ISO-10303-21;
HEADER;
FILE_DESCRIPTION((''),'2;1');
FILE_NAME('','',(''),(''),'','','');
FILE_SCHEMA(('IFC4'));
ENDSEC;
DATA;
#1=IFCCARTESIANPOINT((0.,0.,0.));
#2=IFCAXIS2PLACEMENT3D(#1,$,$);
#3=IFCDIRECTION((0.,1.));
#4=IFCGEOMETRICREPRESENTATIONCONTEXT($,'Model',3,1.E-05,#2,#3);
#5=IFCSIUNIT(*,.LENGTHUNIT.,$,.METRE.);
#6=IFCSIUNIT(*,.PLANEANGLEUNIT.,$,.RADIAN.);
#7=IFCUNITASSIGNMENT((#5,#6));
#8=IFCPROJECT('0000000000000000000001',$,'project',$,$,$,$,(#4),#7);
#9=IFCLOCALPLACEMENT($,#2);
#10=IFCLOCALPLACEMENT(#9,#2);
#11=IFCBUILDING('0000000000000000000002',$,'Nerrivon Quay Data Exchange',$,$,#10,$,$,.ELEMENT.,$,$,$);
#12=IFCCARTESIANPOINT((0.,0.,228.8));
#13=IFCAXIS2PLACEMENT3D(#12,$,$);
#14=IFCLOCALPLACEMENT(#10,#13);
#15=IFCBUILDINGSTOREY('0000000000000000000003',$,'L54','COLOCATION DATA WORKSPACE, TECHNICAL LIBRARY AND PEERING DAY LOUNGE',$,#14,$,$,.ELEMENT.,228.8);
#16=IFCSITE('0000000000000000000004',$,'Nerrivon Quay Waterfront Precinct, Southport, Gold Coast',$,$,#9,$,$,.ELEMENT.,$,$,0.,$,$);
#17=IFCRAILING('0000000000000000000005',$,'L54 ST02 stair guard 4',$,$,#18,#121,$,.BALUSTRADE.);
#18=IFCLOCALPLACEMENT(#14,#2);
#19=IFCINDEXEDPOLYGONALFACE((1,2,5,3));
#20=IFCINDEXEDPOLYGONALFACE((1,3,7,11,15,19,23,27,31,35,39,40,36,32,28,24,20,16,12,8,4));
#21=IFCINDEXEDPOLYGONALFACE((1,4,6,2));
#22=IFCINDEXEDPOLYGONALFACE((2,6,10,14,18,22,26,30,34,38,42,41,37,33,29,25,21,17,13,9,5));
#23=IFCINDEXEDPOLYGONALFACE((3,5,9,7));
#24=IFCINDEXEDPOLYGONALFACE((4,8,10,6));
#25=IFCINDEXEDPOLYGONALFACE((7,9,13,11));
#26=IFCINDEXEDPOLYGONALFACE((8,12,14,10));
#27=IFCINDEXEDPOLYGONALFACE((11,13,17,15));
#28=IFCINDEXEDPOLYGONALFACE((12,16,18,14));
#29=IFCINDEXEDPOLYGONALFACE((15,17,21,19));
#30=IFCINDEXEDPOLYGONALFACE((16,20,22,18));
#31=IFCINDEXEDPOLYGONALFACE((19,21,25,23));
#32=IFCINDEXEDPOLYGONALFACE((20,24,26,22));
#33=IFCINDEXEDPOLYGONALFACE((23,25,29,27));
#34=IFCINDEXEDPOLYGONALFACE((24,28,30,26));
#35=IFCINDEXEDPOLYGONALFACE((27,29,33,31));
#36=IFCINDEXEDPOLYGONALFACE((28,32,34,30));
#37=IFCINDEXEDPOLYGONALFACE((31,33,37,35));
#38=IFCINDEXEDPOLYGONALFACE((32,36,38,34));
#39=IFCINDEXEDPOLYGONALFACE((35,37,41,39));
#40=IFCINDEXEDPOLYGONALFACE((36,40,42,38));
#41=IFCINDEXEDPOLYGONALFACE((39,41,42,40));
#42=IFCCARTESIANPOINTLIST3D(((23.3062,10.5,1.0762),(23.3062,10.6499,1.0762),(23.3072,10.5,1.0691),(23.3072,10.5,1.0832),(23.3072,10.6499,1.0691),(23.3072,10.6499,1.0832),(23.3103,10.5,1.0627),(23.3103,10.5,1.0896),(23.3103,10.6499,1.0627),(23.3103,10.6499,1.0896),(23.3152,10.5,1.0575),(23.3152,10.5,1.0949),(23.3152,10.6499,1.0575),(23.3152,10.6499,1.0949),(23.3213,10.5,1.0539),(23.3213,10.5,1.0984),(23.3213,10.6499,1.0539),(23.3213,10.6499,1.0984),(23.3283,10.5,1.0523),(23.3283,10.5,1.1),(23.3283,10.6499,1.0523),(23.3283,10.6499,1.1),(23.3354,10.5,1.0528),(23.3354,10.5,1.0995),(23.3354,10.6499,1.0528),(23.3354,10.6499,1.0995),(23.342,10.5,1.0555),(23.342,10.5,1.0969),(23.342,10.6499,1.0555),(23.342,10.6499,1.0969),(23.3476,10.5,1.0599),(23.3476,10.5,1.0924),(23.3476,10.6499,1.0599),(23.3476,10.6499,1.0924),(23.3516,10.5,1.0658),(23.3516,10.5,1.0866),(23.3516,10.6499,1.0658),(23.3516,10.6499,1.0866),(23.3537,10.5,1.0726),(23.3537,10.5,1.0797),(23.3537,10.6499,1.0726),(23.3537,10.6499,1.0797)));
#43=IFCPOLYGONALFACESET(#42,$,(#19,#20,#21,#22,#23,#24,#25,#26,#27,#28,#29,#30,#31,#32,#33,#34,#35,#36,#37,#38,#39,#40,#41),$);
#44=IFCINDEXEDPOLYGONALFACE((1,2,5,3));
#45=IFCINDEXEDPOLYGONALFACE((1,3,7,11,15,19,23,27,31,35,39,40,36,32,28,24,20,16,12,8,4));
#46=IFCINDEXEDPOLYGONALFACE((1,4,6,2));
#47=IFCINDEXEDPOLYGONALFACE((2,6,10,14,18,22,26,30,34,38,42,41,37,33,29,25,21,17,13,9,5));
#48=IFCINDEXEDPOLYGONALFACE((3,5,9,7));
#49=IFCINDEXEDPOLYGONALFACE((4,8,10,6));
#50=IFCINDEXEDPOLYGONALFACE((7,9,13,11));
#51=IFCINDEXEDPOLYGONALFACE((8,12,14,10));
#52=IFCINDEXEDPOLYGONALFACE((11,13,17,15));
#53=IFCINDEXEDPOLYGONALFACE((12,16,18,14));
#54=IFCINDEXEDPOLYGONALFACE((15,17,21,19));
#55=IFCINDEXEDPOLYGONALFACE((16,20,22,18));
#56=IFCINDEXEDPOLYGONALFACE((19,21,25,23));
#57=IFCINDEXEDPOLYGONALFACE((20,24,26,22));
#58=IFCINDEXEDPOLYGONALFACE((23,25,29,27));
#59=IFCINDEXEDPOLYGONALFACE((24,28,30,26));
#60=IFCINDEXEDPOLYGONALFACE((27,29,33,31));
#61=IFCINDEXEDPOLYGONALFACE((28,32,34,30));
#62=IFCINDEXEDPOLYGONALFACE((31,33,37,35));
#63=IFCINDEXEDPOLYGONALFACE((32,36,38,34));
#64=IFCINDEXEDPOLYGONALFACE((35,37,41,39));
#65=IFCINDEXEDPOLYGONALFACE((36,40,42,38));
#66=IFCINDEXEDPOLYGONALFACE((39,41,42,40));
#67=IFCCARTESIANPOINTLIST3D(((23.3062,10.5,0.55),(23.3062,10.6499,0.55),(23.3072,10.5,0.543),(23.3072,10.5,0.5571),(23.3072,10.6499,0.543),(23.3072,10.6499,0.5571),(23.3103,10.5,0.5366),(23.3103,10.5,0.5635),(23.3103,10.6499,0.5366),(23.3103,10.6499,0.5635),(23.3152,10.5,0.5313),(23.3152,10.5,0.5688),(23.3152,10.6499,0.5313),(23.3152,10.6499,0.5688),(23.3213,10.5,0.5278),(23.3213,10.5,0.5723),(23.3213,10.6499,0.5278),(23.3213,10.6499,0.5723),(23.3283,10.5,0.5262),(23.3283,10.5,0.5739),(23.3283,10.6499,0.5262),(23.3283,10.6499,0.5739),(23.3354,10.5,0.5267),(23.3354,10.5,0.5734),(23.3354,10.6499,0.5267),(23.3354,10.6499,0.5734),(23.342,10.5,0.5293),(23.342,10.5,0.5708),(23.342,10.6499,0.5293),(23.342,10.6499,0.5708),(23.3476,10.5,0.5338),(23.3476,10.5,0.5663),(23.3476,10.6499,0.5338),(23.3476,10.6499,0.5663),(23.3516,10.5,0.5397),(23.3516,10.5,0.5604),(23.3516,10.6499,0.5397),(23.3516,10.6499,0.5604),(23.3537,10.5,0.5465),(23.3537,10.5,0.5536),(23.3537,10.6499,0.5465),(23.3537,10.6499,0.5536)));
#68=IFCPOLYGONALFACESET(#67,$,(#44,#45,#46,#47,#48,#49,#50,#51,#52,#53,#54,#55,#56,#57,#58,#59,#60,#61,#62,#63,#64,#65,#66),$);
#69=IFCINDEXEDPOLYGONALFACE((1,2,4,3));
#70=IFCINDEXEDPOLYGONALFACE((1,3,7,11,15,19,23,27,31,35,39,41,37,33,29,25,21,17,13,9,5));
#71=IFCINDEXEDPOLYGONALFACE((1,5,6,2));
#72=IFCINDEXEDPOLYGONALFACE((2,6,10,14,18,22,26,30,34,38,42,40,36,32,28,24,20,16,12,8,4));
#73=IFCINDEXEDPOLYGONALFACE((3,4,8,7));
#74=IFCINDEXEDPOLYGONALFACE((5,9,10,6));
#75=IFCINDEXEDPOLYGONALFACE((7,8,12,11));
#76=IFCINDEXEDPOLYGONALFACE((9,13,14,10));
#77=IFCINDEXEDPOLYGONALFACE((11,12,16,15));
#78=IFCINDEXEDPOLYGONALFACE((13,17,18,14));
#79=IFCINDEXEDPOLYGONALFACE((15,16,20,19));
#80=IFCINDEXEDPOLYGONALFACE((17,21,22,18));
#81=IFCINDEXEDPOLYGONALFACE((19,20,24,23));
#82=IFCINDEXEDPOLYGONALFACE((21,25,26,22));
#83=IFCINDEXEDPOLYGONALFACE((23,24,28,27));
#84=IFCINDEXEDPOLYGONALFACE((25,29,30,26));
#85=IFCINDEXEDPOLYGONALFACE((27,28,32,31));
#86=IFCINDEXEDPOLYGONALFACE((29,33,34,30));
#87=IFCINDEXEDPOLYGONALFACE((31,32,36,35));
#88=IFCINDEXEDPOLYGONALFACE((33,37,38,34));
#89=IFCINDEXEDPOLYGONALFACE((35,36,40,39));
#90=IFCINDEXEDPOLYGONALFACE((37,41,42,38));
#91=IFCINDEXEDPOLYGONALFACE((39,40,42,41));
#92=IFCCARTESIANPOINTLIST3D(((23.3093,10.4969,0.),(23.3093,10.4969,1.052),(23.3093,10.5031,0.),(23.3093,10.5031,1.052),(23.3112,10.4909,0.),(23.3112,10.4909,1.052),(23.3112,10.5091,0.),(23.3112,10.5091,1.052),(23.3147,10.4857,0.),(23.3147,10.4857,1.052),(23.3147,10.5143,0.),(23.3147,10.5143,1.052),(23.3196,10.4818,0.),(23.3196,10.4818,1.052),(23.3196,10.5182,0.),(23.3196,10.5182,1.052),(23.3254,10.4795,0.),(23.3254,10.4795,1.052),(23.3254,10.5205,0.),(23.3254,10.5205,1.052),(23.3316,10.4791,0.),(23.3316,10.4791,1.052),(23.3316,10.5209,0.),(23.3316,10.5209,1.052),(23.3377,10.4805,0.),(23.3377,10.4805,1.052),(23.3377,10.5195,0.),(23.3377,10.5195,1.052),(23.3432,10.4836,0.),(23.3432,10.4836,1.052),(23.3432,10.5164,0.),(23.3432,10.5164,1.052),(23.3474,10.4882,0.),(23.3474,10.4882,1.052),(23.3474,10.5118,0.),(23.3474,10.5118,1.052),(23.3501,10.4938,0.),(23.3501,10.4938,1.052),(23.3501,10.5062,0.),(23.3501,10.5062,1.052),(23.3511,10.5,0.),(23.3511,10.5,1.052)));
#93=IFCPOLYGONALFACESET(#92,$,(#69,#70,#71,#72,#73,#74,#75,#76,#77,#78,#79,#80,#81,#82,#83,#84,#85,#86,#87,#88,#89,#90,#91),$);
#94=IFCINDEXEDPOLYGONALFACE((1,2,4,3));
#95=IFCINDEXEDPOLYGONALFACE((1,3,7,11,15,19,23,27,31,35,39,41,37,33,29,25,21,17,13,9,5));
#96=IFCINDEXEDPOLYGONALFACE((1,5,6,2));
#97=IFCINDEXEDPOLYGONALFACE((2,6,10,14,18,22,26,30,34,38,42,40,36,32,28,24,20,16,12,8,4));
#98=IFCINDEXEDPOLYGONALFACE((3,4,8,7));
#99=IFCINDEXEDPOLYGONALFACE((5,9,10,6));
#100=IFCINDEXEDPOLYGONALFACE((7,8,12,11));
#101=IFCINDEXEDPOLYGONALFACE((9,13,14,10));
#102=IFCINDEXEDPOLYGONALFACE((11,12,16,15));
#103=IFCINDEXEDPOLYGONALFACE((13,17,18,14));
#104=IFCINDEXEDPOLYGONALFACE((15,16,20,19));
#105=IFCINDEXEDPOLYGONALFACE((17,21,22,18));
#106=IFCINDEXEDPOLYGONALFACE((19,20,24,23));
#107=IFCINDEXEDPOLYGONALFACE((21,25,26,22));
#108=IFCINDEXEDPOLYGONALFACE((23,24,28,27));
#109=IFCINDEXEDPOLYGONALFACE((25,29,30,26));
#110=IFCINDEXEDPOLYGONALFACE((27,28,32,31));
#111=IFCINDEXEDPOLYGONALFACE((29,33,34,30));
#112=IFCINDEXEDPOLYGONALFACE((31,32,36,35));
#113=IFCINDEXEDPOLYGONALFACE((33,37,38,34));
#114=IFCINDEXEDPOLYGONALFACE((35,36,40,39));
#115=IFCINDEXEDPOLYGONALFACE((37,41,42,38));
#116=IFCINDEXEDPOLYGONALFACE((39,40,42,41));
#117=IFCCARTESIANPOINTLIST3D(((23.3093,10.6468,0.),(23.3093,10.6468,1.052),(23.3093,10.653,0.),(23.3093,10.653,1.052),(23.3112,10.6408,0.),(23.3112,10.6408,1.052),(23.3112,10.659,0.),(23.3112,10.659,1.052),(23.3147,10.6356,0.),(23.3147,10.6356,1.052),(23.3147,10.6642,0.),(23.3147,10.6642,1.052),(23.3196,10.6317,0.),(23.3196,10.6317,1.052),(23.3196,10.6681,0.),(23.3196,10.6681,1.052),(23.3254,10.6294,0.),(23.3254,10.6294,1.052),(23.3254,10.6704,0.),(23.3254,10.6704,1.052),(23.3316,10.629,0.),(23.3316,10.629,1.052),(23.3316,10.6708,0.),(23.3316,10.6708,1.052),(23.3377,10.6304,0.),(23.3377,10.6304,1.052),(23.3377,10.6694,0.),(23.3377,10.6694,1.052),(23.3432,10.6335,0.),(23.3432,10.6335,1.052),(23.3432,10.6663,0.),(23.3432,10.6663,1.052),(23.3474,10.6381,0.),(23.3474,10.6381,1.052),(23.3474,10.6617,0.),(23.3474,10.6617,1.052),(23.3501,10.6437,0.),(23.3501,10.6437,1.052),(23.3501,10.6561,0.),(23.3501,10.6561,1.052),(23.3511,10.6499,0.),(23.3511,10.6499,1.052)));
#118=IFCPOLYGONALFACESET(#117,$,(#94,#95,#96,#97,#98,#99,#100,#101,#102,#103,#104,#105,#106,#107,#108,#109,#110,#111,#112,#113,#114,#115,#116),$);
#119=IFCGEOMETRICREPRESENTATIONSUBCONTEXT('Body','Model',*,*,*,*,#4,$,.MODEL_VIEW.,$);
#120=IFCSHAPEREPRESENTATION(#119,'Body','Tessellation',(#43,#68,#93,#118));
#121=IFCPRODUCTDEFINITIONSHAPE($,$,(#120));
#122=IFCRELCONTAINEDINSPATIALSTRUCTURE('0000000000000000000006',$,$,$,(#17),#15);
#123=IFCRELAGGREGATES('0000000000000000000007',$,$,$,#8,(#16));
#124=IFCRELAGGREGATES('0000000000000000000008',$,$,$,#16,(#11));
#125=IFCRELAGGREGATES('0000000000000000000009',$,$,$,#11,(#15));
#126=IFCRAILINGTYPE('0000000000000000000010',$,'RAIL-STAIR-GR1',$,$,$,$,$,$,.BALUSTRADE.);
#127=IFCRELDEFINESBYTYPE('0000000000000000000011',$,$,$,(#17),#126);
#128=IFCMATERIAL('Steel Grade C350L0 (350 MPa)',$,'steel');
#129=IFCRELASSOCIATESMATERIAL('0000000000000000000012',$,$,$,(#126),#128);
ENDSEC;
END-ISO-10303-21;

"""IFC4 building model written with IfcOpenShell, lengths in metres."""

from ifc_helpers import new_model, si_unit, direction, frame, origin, origin_2d, place, context, subcontext, project, spatial, circle, extrude, material, type_object, element, save


model = new_model("IFC4")

# Units and contexts
model_context = context("Model", 3, precision=1e-05, world=origin(), true_north=direction((0.0, 1.0)))
body_context = subcontext(model_context, "Body", "Model", "MODEL_VIEW")
ifc_project = project(units=[si_unit("LENGTHUNIT", "METRE"), si_unit("PLANEANGLEUNIT", "RADIAN")], contexts=[model_context])

# Site, building, storey
site_placement = place(None, origin())
site = spatial("IfcSite", under=ifc_project, at=site_placement, Name="Nerrivon Quay Waterfront Precinct, Southport, Gold Coast", CompositionType="ELEMENT", RefElevation=0.0)
building_placement = place(site_placement, origin())
building = spatial("IfcBuilding", under=site, at=building_placement, Name="Nerrivon Quay Data Exchange", CompositionType="ELEMENT")
storey_placement = place(building_placement, frame((0.0, 0.0, 228.8)))
storey = spatial("IfcBuildingStorey", under=building, at=storey_placement, Name="L54", Description="COLOCATION DATA WORKSPACE, TECHNICAL LIBRARY AND PEERING DAY LOUNGE", CompositionType="ELEMENT", Elevation=228.8)

# Railing
ifc_material_1 = material(Name="Steel Grade C350L0 (350 MPa)", Category="steel")
railing_type_1 = type_object("IfcRailingType", Name="RAIL-STAIR-GR1", PredefinedType="BALUSTRADE", material=ifc_material_1)
railing_1_placement = place(storey_placement, frame((23.3301, 10.5, 0.0)))
element("IfcRailing", 1, at=railing_1_placement, inside=storey, type_object=railing_type_1, Name="L54 ST02 stair guard 4", PredefinedType="BALUSTRADE", context=body_context, shape_type="SweptSolid", body=[
    extrude(circle(Radius=0.0239, at=origin_2d()), frame((0.0, 0.0, 1.0762), z_axis=(0.0, 1.0, 0.0), x_axis=(-1.0, 0.0, 0.0)), (0.0, 0.0, 1.0), 0.1499),
    extrude(circle(Radius=0.0239, at=origin_2d()), frame((0.0, 0.0, 0.55), z_axis=(0.0, 1.0, 0.0), x_axis=(-1.0, 0.0, 0.0)), (0.0, 0.0, 1.0), 0.1499),
    extrude(circle(Radius=0.021, at=origin_2d()), origin(), (0.0, 0.0, 1.0), 1.052),
    extrude(circle(Radius=0.021, at=origin_2d()), frame((0.0, 0.1499, 0.0)), (0.0, 0.0, 1.0), 1.052),
])

save(model, "model.ifc")
